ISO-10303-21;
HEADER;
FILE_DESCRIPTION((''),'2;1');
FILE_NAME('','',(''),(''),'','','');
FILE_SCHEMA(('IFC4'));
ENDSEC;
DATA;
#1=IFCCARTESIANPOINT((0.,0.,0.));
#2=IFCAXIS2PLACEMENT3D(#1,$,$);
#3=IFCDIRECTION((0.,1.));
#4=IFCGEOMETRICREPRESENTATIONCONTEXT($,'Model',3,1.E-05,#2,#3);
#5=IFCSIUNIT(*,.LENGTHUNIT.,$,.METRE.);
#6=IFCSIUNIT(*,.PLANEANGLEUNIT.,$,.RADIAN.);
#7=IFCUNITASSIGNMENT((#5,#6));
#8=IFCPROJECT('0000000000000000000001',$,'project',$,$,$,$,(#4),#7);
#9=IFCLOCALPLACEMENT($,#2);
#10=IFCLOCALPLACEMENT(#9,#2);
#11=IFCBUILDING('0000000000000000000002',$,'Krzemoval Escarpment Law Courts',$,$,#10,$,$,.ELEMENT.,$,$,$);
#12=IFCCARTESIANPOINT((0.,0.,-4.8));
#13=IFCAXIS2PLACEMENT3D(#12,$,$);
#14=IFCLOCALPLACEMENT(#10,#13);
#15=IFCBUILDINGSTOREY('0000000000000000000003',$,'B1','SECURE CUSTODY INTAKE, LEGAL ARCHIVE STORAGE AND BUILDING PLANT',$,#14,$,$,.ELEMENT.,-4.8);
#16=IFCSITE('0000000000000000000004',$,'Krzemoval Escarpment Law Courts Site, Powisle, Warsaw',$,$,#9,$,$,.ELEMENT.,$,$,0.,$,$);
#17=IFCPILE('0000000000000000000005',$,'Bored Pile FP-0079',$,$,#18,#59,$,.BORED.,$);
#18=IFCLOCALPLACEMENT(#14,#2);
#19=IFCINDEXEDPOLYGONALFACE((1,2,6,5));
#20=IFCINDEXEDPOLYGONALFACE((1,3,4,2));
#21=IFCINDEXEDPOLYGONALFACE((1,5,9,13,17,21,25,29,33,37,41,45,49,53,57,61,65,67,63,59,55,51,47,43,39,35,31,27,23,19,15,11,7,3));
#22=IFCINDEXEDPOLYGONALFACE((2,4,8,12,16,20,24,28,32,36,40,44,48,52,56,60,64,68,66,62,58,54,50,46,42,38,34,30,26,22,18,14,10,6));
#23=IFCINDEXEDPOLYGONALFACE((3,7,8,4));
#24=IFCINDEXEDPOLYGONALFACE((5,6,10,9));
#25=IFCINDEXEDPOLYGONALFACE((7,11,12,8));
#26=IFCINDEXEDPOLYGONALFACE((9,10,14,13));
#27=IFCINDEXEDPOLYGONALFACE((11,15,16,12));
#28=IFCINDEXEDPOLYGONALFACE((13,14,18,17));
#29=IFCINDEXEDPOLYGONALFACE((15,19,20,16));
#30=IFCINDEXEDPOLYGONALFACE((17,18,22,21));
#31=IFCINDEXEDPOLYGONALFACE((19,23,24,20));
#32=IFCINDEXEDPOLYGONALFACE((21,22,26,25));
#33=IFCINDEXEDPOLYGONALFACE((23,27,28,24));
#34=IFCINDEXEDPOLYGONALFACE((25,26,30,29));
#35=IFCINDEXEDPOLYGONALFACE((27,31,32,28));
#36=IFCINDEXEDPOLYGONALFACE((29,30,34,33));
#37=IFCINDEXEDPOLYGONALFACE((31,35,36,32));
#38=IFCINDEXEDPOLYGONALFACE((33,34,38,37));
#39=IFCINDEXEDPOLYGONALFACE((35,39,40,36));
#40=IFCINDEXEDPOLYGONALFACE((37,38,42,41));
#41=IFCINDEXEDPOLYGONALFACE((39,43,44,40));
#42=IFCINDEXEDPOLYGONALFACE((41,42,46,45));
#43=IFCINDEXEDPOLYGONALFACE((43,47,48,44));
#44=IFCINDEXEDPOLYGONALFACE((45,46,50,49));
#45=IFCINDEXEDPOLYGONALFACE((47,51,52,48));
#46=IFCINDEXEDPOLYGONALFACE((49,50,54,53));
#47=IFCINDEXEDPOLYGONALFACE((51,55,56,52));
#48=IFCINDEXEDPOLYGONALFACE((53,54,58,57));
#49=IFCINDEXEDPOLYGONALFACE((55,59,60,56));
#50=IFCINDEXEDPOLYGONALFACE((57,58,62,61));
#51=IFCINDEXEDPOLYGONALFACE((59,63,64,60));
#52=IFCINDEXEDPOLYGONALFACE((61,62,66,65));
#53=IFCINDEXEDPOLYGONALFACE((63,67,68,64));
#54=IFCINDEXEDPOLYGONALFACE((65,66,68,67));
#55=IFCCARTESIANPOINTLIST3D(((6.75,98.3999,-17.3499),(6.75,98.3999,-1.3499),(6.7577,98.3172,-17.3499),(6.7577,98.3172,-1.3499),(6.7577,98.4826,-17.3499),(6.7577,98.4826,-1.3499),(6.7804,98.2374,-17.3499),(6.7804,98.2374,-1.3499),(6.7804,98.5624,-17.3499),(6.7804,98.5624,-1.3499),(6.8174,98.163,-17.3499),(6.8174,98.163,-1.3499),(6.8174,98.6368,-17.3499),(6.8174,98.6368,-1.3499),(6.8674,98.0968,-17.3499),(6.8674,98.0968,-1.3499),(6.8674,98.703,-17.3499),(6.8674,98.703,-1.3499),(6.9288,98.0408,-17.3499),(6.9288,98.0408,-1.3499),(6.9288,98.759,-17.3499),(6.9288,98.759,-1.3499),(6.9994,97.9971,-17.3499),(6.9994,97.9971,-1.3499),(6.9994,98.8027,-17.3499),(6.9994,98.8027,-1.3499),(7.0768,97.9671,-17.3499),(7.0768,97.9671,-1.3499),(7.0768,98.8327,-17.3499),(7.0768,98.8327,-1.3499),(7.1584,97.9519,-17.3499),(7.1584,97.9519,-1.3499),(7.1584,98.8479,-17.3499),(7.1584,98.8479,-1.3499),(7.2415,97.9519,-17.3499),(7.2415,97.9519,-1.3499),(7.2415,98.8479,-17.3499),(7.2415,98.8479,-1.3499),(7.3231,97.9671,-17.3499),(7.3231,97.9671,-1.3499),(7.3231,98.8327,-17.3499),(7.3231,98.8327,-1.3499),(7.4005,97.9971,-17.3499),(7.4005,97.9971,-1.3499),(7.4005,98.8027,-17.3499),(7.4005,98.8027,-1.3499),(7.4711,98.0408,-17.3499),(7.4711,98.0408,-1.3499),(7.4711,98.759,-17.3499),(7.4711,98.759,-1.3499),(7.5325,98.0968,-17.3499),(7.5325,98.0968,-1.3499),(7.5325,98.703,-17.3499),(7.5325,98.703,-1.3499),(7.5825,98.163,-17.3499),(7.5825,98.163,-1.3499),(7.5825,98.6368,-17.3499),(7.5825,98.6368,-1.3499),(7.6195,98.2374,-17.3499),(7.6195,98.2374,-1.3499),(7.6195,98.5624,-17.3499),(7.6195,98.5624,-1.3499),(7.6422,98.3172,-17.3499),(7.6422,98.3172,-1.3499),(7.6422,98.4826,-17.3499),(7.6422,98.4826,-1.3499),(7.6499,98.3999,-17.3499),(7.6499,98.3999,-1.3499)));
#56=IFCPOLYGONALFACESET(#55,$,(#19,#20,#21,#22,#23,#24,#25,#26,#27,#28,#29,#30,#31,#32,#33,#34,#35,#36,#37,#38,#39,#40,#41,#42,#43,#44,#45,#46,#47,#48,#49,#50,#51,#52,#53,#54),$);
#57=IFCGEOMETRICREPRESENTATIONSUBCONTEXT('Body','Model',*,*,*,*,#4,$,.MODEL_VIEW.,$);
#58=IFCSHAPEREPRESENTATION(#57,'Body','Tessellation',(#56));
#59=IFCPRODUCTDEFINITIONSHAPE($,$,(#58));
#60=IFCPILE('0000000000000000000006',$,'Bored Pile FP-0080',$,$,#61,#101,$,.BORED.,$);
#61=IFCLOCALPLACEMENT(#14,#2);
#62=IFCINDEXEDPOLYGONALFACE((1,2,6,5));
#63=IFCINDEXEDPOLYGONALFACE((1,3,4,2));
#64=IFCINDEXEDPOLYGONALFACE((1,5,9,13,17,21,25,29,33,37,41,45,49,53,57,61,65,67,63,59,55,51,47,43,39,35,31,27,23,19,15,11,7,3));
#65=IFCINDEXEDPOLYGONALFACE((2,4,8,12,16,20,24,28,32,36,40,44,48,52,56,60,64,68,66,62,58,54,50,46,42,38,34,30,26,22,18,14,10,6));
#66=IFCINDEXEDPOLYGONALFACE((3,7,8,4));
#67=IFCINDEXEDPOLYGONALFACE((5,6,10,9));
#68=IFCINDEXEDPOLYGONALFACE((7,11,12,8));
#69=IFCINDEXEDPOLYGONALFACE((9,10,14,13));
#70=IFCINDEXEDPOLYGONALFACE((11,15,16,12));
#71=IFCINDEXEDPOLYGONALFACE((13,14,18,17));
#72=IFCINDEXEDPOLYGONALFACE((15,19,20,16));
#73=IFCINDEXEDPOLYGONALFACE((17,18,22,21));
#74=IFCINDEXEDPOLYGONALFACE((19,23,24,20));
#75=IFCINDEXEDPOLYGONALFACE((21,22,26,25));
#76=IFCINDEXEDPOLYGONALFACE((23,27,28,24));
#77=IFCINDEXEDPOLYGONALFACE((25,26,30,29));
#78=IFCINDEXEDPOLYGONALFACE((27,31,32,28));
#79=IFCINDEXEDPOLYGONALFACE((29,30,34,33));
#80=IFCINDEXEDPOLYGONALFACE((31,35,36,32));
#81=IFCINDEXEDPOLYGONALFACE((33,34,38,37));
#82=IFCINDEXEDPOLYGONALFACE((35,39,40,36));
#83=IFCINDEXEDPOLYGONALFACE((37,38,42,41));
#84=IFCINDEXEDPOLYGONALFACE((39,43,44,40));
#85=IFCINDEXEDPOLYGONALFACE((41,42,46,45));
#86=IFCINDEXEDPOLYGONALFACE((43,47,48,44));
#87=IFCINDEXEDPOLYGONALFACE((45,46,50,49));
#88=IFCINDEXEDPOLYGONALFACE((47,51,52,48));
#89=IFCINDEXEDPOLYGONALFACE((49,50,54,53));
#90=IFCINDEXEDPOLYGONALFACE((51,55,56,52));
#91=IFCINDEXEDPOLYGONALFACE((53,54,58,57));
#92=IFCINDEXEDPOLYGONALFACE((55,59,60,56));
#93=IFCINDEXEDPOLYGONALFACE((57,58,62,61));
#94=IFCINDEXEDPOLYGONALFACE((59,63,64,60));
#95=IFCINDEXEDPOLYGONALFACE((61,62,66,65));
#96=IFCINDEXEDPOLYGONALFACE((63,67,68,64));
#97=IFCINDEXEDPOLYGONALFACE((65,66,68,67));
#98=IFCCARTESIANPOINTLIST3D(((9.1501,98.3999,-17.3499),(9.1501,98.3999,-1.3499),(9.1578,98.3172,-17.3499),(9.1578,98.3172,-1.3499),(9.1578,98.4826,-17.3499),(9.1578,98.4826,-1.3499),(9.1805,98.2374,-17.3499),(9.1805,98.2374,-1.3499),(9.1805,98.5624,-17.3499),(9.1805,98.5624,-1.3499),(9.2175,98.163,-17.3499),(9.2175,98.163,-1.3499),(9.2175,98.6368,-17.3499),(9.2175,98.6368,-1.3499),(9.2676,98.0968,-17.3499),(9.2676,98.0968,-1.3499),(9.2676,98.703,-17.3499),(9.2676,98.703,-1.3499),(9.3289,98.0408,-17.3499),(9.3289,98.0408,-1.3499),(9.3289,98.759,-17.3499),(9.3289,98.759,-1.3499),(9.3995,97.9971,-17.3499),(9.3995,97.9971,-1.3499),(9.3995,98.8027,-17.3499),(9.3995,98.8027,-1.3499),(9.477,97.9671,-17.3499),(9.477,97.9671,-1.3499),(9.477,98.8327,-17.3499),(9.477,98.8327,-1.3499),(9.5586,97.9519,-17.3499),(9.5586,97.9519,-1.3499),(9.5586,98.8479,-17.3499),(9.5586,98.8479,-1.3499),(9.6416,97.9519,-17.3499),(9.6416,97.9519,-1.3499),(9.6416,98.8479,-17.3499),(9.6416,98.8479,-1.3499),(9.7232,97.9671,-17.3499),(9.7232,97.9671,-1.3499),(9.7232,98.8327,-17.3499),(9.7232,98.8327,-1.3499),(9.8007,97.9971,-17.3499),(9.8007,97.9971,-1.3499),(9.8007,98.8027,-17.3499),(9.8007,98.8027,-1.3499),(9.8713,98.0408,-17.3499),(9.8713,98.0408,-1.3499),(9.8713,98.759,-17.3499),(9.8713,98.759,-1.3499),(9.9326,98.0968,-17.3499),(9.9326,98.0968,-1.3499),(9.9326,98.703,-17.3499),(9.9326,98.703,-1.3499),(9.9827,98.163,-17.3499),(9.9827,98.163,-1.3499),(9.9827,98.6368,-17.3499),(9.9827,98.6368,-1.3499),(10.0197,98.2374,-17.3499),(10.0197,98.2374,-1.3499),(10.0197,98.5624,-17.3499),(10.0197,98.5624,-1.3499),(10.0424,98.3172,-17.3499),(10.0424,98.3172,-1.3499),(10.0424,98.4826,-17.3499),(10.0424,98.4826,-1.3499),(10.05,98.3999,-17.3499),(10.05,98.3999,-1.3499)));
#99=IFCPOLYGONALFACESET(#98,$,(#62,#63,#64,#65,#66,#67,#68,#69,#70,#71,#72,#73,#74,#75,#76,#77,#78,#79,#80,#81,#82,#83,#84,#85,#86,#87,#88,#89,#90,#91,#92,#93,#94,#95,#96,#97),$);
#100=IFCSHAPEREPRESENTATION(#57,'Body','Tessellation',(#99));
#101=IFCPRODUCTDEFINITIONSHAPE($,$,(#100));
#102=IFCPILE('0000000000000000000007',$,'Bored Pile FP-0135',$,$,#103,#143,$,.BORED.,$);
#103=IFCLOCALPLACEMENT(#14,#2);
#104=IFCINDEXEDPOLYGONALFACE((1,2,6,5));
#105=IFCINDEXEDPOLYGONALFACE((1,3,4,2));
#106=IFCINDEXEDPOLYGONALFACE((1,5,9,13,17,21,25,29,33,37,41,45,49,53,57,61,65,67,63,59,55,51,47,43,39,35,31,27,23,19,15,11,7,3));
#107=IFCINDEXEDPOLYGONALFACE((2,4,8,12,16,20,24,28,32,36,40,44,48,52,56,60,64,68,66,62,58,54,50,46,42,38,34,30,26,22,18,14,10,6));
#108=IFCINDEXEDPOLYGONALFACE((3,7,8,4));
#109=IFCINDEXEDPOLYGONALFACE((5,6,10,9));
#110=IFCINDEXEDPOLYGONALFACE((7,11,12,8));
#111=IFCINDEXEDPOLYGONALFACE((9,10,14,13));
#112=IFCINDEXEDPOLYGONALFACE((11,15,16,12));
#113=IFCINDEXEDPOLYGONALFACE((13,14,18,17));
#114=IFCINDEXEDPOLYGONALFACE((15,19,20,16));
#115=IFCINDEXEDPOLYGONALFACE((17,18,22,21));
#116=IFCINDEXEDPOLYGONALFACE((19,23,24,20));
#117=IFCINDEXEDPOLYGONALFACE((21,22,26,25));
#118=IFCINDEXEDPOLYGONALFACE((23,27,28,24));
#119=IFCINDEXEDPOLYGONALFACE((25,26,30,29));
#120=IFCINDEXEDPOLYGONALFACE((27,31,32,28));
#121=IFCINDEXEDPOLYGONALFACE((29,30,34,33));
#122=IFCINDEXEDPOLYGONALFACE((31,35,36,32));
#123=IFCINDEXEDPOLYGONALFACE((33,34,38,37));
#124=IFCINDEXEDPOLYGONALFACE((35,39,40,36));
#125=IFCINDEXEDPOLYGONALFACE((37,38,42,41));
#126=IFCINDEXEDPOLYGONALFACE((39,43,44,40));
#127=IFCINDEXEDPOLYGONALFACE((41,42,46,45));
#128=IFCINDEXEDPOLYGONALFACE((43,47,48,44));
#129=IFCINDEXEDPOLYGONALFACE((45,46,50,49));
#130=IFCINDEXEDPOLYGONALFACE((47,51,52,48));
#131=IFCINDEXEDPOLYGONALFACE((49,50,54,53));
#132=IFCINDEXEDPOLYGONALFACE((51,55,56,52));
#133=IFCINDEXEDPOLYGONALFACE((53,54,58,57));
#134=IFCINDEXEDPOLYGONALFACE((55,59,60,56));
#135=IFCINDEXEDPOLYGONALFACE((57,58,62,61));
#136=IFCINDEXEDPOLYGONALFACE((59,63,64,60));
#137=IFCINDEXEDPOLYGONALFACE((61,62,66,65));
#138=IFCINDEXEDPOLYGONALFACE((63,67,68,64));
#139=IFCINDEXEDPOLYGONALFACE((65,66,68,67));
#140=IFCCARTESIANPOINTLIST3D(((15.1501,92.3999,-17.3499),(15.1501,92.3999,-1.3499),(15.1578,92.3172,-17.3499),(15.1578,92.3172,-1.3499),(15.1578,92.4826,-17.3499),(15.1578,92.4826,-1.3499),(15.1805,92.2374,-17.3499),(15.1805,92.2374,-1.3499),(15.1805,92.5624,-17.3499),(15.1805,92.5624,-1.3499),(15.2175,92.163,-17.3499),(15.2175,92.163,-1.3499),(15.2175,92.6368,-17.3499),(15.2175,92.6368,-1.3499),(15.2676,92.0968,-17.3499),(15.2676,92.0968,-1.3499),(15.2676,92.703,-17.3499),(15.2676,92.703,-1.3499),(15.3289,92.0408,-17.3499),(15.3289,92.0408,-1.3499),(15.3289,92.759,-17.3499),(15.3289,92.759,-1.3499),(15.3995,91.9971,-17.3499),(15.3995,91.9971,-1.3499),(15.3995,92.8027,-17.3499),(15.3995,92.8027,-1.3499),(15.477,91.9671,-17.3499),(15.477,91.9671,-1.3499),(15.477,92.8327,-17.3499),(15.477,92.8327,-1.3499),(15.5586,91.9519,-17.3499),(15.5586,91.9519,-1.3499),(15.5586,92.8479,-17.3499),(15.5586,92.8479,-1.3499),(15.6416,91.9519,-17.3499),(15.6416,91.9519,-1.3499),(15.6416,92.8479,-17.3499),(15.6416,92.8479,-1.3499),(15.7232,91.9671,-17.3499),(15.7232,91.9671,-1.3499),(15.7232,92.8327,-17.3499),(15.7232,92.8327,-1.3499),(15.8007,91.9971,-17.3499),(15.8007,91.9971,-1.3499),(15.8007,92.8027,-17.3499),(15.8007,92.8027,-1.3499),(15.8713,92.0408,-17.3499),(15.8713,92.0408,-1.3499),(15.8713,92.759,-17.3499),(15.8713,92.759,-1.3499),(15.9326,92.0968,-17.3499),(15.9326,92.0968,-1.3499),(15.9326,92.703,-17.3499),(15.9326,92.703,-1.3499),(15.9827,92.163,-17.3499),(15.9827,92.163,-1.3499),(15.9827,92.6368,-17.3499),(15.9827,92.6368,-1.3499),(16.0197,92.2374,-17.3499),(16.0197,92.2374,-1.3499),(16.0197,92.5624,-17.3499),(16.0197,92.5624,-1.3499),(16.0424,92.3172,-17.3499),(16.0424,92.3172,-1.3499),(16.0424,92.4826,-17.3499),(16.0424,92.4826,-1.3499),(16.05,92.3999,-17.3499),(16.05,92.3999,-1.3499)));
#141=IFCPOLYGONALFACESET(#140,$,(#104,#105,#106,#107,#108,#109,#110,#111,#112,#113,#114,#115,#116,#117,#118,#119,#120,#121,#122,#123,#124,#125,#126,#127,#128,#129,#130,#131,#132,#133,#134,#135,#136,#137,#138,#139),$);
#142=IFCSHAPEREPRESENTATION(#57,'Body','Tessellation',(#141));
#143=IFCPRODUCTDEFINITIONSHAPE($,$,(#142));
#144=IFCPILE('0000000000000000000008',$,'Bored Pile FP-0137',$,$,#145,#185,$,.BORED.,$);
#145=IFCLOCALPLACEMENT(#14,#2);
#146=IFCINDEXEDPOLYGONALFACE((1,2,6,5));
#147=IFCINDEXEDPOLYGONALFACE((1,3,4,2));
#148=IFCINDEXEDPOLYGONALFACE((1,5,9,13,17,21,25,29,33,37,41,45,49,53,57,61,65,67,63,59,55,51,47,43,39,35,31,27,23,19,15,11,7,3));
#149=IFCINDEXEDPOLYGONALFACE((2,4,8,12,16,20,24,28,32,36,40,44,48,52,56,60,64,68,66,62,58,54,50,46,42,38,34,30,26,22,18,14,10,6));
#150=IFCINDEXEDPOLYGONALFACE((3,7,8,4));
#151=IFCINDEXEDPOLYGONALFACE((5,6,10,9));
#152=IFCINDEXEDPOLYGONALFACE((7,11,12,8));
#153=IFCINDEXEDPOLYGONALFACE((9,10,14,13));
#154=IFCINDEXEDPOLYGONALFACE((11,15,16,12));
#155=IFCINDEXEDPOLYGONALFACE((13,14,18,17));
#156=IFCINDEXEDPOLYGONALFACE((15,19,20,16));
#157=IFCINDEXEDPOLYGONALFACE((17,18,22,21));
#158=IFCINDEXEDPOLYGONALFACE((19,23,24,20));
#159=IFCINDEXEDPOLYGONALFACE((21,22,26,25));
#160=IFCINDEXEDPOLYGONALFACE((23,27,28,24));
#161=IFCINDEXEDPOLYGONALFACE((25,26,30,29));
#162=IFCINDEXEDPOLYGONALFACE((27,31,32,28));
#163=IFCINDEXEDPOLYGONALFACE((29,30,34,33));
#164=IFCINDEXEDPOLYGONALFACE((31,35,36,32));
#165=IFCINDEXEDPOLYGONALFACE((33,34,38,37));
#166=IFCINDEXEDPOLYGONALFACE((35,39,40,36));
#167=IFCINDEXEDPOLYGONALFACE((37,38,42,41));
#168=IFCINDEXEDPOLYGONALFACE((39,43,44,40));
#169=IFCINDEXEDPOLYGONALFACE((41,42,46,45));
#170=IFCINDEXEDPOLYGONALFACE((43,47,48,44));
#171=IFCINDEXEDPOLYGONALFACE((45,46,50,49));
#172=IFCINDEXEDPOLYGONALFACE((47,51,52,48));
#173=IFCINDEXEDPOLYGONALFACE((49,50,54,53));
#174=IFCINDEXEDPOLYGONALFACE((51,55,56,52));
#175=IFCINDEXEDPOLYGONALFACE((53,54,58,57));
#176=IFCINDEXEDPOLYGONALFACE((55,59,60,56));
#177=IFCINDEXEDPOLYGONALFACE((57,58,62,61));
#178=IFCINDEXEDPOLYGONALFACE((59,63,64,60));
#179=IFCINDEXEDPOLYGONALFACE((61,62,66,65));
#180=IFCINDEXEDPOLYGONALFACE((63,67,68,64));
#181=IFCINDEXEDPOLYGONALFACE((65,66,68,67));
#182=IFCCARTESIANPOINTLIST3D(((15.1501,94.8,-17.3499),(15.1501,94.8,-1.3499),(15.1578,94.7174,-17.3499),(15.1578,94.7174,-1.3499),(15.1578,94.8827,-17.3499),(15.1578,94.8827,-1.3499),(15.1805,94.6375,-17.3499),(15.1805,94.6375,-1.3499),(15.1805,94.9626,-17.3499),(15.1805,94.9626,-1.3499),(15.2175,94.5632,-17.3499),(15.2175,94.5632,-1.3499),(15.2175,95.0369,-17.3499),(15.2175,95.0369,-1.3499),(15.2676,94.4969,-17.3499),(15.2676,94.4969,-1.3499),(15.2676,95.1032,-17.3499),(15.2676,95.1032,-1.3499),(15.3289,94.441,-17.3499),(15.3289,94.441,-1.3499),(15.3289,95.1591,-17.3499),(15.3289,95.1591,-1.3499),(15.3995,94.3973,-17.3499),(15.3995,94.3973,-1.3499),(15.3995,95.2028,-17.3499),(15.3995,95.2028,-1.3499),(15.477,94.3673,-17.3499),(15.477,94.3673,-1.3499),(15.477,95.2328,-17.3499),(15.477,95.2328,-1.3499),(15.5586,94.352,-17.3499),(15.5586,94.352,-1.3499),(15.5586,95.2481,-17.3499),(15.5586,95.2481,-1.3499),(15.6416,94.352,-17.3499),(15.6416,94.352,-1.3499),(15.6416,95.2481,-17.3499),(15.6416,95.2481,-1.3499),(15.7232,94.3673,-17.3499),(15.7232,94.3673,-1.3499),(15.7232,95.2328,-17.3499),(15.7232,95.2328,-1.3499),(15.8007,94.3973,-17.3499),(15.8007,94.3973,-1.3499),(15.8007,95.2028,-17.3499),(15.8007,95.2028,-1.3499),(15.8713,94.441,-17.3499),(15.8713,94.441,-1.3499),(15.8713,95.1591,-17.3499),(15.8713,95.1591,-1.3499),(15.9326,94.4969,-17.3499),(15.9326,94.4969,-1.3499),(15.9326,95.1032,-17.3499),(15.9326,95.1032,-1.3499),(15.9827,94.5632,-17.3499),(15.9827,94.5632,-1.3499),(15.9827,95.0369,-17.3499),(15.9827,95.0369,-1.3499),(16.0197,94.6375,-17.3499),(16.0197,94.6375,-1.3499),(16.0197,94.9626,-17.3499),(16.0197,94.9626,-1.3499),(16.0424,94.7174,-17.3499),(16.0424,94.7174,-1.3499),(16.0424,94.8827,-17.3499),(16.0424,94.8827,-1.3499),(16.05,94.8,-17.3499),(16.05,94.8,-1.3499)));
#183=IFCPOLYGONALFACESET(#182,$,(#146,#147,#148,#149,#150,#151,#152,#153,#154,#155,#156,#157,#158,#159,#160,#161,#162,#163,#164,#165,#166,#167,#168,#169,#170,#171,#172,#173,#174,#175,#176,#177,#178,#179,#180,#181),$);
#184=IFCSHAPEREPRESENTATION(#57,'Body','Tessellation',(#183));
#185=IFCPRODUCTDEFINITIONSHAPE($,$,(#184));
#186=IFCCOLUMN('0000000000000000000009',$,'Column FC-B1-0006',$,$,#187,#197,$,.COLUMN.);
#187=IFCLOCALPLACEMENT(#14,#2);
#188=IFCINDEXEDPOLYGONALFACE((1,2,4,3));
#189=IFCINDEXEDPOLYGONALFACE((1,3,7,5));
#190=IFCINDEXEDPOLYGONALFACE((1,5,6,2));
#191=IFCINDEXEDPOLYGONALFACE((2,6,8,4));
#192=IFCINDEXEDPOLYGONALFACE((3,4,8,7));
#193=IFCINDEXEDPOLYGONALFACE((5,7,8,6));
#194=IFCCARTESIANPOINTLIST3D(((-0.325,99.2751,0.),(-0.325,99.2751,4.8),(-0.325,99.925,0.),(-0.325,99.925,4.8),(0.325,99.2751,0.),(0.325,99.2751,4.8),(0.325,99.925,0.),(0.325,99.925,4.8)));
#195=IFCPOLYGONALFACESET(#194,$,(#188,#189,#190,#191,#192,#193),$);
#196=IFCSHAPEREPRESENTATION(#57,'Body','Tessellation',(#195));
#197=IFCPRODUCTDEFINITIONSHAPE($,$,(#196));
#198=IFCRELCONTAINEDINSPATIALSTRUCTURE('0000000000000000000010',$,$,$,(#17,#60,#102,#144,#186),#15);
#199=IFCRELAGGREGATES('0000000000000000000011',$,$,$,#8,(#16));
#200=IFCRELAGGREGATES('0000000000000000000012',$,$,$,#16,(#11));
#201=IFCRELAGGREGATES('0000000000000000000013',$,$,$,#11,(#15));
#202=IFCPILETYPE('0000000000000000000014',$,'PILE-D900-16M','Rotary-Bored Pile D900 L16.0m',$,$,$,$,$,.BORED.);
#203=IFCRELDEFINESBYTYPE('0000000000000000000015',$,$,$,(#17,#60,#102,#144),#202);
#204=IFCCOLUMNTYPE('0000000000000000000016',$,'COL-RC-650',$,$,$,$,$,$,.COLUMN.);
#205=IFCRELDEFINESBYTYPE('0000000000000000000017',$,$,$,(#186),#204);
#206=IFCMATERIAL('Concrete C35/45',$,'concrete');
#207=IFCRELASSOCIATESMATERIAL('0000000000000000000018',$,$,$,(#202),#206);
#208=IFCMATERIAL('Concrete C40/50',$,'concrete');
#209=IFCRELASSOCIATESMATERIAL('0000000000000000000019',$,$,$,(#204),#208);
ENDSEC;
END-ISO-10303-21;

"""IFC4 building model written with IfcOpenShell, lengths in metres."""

from ifc_helpers import new_model, si_unit, direction, frame, origin, origin_2d, place, context, subcontext, project, spatial, rectangle, circle, extrude, material, material_profile, profile_set, type_object, element, save


model = new_model("IFC4")

# Units and contexts
model_context = context("Model", 3, precision=1e-05, world=origin(), true_north=direction((0.0, 1.0)))
body_context = subcontext(model_context, "Body", "Model", "MODEL_VIEW")
ifc_project = project(units=[si_unit("LENGTHUNIT", "METRE"), si_unit("PLANEANGLEUNIT", "RADIAN")], contexts=[model_context])

# Site, building, storey
site_placement = place(None, origin())
site = spatial("IfcSite", under=ifc_project, at=site_placement, Name="Krzemoval Escarpment Law Courts Site, Powisle, Warsaw", CompositionType="ELEMENT", RefElevation=0.0)
building_placement = place(site_placement, origin())
building = spatial("IfcBuilding", under=site, at=building_placement, Name="Krzemoval Escarpment Law Courts", CompositionType="ELEMENT")
storey_placement = place(building_placement, frame((0.0, 0.0, -4.8)))
storey = spatial("IfcBuildingStorey", under=building, at=storey_placement, Name="B1", Description="SECURE CUSTODY INTAKE, LEGAL ARCHIVE STORAGE AND BUILDING PLANT", CompositionType="ELEMENT", Elevation=-4.8)

# Piles
ifc_material_1 = material(Name="Concrete C35/45", Category="concrete")
ifc_material_profile_1 = material_profile(ifc_material_1, circle(Radius=0.45, at=origin_2d()), Name="PILE D900")
ifc_profile_set_1 = profile_set([ifc_material_profile_1], Name="Concrete C35/45")
pile_type = type_object("IfcPileType", Name="PILE-D900-16M", Description="Rotary-Bored Pile D900 L16.0m", PredefinedType="BORED", material=ifc_profile_set_1)
for number, where, z_axis, x_axis, name in (
    (1, (7.2, 98.3999, -1.3499), (0.0, 0.0, -1.0), (1.0, 0.0, 0.0), "Bored Pile FP-0079"),
    (2, (9.6001, 98.3999, -1.3499), (0.0, 0.0, -1.0), (1.0, 0.0, 0.0), "Bored Pile FP-0080"),
    (3, (15.6001, 92.3999, -1.3499), (0.0, 0.0, -1.0), (1.0, 0.0, 0.0), "Bored Pile FP-0135"),
    (4, (15.6001, 94.8, -1.3499), (0.0, 0.0, -1.0), (1.0, 0.0, 0.0), "Bored Pile FP-0137"),
):
    element("IfcPile", number, at=place(storey_placement, frame(where, z_axis=z_axis, x_axis=x_axis)), inside=storey, type_object=pile_type, Name=name, PredefinedType="BORED", context=body_context, shape_type="SweptSolid", body=[
        extrude(circle(Radius=0.45, at=origin_2d()), origin(), (0.0, 0.0, 1.0), 16.0),
    ])

# Column
ifc_material_2 = material(Name="Concrete C40/50", Category="concrete")
ifc_material_profile_2 = material_profile(ifc_material_2, rectangle(XDim=0.6499, YDim=0.6499, at=origin_2d()), Name="RC 650x650")
ifc_profile_set_2 = profile_set([ifc_material_profile_2], Name="Concrete C40/50")
column_type_1 = type_object("IfcColumnType", Name="COL-RC-650", PredefinedType="COLUMN", material=ifc_profile_set_2)
column_1_placement = place(storey_placement, frame((0.0, 99.6001, 0.0), z_axis=(0.0, 0.0, 1.0), x_axis=(1.0, 0.0, 0.0)))
element("IfcColumn", 5, at=column_1_placement, inside=storey, type_object=column_type_1, Name="Column FC-B1-0006", PredefinedType="COLUMN", context=body_context, shape_type="SweptSolid", body=[
    extrude(rectangle(XDim=0.6499, YDim=0.6499, at=origin_2d()), origin(), (0.0, 0.0, 1.0), 4.8),
])

save(model, "model.ifc")
